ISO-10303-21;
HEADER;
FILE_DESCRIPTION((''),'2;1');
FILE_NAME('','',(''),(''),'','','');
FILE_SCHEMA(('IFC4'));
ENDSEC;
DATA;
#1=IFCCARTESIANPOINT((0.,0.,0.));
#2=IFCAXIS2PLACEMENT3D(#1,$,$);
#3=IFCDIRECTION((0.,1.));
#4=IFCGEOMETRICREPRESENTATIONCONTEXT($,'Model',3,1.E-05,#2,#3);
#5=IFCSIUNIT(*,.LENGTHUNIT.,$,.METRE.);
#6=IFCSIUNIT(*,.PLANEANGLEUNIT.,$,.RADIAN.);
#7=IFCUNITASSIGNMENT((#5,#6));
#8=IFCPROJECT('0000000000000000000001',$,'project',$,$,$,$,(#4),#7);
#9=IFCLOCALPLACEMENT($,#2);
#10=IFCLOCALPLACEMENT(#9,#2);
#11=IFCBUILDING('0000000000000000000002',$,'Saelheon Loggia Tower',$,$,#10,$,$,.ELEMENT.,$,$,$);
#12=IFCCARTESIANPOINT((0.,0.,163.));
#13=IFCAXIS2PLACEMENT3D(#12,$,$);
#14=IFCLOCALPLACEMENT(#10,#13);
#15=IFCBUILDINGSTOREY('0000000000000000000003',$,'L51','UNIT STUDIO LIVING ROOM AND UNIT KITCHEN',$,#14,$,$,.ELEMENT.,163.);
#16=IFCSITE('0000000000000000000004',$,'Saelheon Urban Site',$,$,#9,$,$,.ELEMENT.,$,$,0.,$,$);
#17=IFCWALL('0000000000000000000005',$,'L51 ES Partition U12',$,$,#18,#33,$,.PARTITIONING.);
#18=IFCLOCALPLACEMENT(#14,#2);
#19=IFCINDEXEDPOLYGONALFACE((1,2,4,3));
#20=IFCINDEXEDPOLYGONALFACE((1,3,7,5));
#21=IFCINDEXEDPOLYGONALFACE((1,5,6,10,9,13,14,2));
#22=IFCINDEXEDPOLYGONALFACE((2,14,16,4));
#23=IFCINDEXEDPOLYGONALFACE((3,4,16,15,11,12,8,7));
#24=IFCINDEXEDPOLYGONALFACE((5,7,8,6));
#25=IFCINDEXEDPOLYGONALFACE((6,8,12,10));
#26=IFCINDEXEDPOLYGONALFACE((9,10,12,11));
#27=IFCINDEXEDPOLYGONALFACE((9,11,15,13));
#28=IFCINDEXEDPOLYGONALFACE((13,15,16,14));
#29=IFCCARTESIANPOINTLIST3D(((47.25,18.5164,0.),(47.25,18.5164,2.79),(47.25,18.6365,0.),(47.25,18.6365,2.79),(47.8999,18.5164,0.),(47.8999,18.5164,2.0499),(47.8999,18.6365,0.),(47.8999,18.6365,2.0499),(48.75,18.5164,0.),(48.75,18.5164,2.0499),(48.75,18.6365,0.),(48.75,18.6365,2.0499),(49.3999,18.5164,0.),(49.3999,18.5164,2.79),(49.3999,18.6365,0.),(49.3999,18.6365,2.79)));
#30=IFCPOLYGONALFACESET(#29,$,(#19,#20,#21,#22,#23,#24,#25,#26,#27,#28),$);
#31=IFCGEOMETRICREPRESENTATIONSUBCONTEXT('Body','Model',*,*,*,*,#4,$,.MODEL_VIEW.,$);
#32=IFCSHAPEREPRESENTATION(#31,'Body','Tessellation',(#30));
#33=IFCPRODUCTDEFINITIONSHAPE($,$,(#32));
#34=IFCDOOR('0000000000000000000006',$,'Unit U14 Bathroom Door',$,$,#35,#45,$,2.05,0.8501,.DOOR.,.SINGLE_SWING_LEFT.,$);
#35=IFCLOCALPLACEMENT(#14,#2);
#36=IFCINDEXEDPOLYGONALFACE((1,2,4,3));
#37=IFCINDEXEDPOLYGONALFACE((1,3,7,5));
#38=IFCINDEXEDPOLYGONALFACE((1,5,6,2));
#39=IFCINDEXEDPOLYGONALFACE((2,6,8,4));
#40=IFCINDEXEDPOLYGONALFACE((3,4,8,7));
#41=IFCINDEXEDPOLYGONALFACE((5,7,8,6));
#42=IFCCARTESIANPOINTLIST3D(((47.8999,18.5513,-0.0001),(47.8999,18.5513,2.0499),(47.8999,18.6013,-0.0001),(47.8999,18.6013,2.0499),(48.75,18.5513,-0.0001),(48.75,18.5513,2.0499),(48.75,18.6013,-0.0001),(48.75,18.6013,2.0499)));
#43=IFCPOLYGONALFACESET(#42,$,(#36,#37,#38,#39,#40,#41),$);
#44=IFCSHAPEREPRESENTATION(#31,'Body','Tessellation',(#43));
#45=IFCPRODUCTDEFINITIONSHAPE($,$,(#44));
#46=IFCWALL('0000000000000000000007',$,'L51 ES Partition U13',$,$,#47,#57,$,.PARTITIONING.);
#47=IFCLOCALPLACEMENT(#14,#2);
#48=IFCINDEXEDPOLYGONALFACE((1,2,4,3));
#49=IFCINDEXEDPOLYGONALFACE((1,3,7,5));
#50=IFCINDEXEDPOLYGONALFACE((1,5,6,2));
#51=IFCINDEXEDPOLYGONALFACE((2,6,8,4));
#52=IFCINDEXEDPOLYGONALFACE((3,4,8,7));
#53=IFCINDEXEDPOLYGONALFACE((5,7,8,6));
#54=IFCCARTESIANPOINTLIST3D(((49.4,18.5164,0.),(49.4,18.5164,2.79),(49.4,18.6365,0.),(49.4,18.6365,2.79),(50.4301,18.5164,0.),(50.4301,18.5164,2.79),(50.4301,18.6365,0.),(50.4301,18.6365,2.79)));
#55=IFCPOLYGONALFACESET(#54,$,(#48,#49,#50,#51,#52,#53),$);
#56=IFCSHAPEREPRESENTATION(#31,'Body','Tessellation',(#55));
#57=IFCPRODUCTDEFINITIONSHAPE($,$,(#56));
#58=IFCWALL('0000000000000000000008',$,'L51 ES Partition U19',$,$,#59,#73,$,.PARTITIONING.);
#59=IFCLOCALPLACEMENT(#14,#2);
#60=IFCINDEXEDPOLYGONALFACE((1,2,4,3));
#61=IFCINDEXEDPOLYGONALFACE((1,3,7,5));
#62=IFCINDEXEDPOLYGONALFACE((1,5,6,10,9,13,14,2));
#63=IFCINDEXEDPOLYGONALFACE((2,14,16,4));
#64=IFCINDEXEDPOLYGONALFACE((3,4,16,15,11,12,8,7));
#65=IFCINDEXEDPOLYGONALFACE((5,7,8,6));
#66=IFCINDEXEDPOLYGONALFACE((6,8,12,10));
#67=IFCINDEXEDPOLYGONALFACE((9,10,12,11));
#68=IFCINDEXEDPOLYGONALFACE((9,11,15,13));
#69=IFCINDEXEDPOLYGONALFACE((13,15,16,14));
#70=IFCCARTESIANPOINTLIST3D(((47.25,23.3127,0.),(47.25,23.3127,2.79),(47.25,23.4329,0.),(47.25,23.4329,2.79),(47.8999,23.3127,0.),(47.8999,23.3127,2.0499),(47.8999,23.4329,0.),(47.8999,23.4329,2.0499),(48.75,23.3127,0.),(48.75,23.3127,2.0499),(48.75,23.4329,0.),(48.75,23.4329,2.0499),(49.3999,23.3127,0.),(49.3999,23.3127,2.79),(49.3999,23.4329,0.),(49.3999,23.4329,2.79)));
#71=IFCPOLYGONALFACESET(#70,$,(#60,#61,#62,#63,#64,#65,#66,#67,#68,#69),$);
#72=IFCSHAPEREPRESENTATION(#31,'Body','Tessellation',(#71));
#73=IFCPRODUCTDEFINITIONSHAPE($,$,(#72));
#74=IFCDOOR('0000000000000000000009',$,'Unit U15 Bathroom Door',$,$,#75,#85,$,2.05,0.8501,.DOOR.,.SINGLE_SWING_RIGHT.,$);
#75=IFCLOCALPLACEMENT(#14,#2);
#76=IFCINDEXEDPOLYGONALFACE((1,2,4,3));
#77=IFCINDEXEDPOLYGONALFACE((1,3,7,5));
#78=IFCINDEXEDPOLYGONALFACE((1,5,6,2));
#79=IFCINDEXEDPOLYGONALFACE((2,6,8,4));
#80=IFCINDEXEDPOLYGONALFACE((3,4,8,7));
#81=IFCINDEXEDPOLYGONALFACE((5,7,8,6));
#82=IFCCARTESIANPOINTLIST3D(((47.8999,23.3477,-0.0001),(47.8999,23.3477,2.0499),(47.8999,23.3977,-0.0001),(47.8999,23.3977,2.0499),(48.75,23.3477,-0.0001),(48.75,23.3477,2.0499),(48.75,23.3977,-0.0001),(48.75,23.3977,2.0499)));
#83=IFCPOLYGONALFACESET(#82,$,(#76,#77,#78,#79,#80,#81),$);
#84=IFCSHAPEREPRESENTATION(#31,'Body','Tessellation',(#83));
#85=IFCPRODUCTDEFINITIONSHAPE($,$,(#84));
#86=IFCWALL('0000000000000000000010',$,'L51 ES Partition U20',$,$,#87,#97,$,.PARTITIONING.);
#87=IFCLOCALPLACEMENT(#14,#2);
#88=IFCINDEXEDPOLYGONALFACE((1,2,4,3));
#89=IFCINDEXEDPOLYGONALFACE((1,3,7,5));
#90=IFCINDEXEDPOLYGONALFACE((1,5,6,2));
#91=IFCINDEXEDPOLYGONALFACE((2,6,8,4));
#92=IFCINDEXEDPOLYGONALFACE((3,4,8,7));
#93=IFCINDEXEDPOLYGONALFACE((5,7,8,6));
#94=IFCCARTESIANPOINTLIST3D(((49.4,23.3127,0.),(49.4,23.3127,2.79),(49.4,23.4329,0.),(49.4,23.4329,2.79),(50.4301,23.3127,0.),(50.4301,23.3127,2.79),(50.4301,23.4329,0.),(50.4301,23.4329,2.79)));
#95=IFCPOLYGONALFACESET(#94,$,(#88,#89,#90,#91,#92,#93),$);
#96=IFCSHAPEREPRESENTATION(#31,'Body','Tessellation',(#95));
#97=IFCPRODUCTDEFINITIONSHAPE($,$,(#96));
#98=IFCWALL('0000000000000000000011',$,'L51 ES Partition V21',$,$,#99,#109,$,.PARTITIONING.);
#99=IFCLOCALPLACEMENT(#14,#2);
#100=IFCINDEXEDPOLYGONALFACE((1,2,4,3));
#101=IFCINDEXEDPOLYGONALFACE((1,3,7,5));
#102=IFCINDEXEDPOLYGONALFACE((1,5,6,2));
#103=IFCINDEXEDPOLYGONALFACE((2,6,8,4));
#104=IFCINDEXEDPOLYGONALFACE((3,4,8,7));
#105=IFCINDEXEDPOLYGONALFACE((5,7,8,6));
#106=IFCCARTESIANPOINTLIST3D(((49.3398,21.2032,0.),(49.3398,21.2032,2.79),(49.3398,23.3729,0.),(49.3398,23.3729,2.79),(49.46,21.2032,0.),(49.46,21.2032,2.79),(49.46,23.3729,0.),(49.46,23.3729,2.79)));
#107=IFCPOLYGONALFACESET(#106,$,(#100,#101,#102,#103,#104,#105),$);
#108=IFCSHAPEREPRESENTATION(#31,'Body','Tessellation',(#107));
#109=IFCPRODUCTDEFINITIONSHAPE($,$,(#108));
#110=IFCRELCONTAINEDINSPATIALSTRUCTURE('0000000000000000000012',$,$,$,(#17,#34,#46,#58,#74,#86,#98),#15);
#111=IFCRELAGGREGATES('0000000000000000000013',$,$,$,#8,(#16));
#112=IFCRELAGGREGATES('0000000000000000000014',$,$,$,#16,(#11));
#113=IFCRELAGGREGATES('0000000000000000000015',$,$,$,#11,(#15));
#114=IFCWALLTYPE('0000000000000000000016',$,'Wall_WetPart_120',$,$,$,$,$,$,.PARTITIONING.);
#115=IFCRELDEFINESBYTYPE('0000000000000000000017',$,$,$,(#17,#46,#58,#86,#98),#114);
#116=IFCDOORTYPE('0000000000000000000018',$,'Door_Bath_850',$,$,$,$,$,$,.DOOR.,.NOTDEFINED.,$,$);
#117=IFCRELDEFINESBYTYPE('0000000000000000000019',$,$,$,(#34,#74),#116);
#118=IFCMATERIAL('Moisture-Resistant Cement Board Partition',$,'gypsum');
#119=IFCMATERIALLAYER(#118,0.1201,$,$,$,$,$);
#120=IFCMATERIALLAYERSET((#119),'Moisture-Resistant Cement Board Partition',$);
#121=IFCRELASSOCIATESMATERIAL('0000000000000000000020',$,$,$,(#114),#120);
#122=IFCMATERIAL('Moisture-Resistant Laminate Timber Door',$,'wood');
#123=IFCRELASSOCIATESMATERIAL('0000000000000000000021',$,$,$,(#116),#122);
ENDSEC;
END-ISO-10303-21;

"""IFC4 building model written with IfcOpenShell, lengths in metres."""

from ifc_helpers import new_model, si_unit, direction, frame, frame_2d, origin, place, context, subcontext, project, spatial, rectangle, extrude, source, transform, mapped, material, layer, layer_set, type_object, element, fill, save


model = new_model("IFC4")

# Units and contexts
model_context = context("Model", 3, precision=1e-05, world=origin(), true_north=direction((0.0, 1.0)))
body_context = subcontext(model_context, "Body", "Model", "MODEL_VIEW")
ifc_project = project(units=[si_unit("LENGTHUNIT", "METRE"), si_unit("PLANEANGLEUNIT", "RADIAN")], contexts=[model_context])

# Site, building, storey
site_placement = place(None, origin())
site = spatial("IfcSite", under=ifc_project, at=site_placement, Name="Saelheon Urban Site", CompositionType="ELEMENT", RefElevation=0.0)
building_placement = place(site_placement, origin())
building = spatial("IfcBuilding", under=site, at=building_placement, Name="Saelheon Loggia Tower", CompositionType="ELEMENT")
storey_placement = place(building_placement, frame((0.0, 0.0, 163.0)))
storey = spatial("IfcBuildingStorey", under=building, at=storey_placement, Name="L51", Description="UNIT STUDIO LIVING ROOM AND UNIT KITCHEN", CompositionType="ELEMENT", Elevation=163.0)

# Wall, opening, door
ifc_material_1 = material(Name="Moisture-Resistant Cement Board Partition", Category="gypsum")
ifc_layer_1 = layer(ifc_material_1, 0.1201)
ifc_layer_set_1 = layer_set([ifc_layer_1], Name="Moisture-Resistant Cement Board Partition")
wall_type_1 = type_object("IfcWallType", Name="Wall_WetPart_120", PredefinedType="PARTITIONING", material=ifc_layer_set_1)
wall_1_placement = place(storey_placement, frame((47.25, 18.5764, 0.0), z_axis=(0.0, 0.0, 1.0), x_axis=(1.0, 0.0, 0.0)))
wall_1 = element("IfcWall", 1, at=wall_1_placement, inside=storey, type_object=wall_type_1, Name="L51 ES Partition U12", PredefinedType="PARTITIONING", context=body_context, shape_type="SweptSolid", body=[
    extrude(rectangle(XDim=2.1499, YDim=0.1201, at=frame_2d((1.075, 0.0))), origin(), (0.0, 0.0, 1.0), 2.79),
])
opening_1_placement = place(wall_1_placement, frame((0.6499, 0.0, 0.0)))
opening_1 = element("IfcOpeningElement", 2, at=opening_1_placement, cuts=wall_1, PredefinedType="OPENING", context=body_context, shape_type="SweptSolid", body=[
    extrude(rectangle(XDim=0.8501, YDim=2.05, at=frame_2d((0.425, 1.0249))), frame((0.0, 0.072, 0.0), z_axis=(0.0, -1.0, 0.0), x_axis=(1.0, 0.0, 0.0)), (0.0, 0.0, 1.0), 0.144),
])
ifc_material_2 = material(Name="Moisture-Resistant Laminate Timber Door", Category="wood")
door_type_1 = type_object("IfcDoorType", Name="Door_Bath_850", OperationType="NOTDEFINED", PredefinedType="DOOR", material=ifc_material_2)
shared_shape_1 = source(origin(), body_context, "Body", "SweptSolid", [
    extrude(rectangle(XDim=0.8501, YDim=2.05, at=frame_2d((0.425, 1.0249))), frame((0.0, 0.0249, 0.0), z_axis=(0.0, -1.0, 0.0), x_axis=(1.0, 0.0, 0.0)), (0.0, 0.0, 1.0), 0.05),
])
door_1_placement = place(opening_1_placement, origin())
door_1 = element("IfcDoor", 3, at=door_1_placement, inside=storey, type_object=door_type_1, Name="Unit U14 Bathroom Door", OperationType="SINGLE_SWING_LEFT", OverallHeight=2.05, OverallWidth=0.8501, PredefinedType="DOOR", context=body_context, shape_type="MappedRepresentation", body=[
    mapped(shared_shape_1, transform((0.0, 0.0, 0.0), scale=1.0)),
])
fill(opening_1, door_1)

# Wall
wall_2_placement = place(storey_placement, frame((49.3999, 18.5764, 0.0), z_axis=(0.0, 0.0, 1.0), x_axis=(1.0, 0.0, 0.0)))
element("IfcWall", 4, at=wall_2_placement, inside=storey, type_object=wall_type_1, Name="L51 ES Partition U13", PredefinedType="PARTITIONING", context=body_context, shape_type="SweptSolid", body=[
    extrude(rectangle(XDim=1.03, YDim=0.1201, at=frame_2d((0.5151, 0.0))), origin(), (0.0, 0.0, 1.0), 2.79),
])

# Wall, opening, door
wall_3_placement = place(storey_placement, frame((47.25, 23.3728, 0.0), z_axis=(0.0, 0.0, 1.0), x_axis=(1.0, 0.0, 0.0)))
wall_3 = element("IfcWall", 5, at=wall_3_placement, inside=storey, type_object=wall_type_1, Name="L51 ES Partition U19", PredefinedType="PARTITIONING", context=body_context, shape_type="SweptSolid", body=[
    extrude(rectangle(XDim=2.1499, YDim=0.1201, at=frame_2d((1.075, 0.0))), origin(), (0.0, 0.0, 1.0), 2.79),
])
opening_2_placement = place(wall_3_placement, frame((0.6499, 0.0, 0.0)))
opening_2 = element("IfcOpeningElement", 6, at=opening_2_placement, cuts=wall_3, PredefinedType="OPENING", context=body_context, shape_type="SweptSolid", body=[
    extrude(rectangle(XDim=0.8501, YDim=2.05, at=frame_2d((0.425, 1.0249))), frame((0.0, 0.072, 0.0), z_axis=(0.0, -1.0, 0.0), x_axis=(1.0, 0.0, 0.0)), (0.0, 0.0, 1.0), 0.144),
])
door_2_placement = place(opening_2_placement, origin())
door_2 = element("IfcDoor", 7, at=door_2_placement, inside=storey, type_object=door_type_1, Name="Unit U15 Bathroom Door", OperationType="SINGLE_SWING_RIGHT", OverallHeight=2.05, OverallWidth=0.8501, PredefinedType="DOOR", context=body_context, shape_type="MappedRepresentation", body=[
    mapped(shared_shape_1, transform((0.0, 0.0, 0.0), scale=1.0)),
])
fill(opening_2, door_2)

# Walls
wall_4_placement = place(storey_placement, frame((49.3999, 23.3728, 0.0), z_axis=(0.0, 0.0, 1.0), x_axis=(1.0, 0.0, 0.0)))
element("IfcWall", 8, at=wall_4_placement, inside=storey, type_object=wall_type_1, Name="L51 ES Partition U20", PredefinedType="PARTITIONING", context=body_context, shape_type="SweptSolid", body=[
    extrude(rectangle(XDim=1.03, YDim=0.1201, at=frame_2d((0.5151, 0.0))), origin(), (0.0, 0.0, 1.0), 2.79),
])
wall_5_placement = place(storey_placement, frame((49.3999, 21.2031, 0.0), z_axis=(0.0, 0.0, 1.0), x_axis=(0.0, 1.0, 0.0)))
element("IfcWall", 9, at=wall_5_placement, inside=storey, type_object=wall_type_1, Name="L51 ES Partition V21", PredefinedType="PARTITIONING", context=body_context, shape_type="SweptSolid", body=[
    extrude(rectangle(XDim=2.1697, YDim=0.1201, at=frame_2d((1.085, 0.0))), origin(), (0.0, 0.0, 1.0), 2.79),
])

save(model, "model.ifc")
